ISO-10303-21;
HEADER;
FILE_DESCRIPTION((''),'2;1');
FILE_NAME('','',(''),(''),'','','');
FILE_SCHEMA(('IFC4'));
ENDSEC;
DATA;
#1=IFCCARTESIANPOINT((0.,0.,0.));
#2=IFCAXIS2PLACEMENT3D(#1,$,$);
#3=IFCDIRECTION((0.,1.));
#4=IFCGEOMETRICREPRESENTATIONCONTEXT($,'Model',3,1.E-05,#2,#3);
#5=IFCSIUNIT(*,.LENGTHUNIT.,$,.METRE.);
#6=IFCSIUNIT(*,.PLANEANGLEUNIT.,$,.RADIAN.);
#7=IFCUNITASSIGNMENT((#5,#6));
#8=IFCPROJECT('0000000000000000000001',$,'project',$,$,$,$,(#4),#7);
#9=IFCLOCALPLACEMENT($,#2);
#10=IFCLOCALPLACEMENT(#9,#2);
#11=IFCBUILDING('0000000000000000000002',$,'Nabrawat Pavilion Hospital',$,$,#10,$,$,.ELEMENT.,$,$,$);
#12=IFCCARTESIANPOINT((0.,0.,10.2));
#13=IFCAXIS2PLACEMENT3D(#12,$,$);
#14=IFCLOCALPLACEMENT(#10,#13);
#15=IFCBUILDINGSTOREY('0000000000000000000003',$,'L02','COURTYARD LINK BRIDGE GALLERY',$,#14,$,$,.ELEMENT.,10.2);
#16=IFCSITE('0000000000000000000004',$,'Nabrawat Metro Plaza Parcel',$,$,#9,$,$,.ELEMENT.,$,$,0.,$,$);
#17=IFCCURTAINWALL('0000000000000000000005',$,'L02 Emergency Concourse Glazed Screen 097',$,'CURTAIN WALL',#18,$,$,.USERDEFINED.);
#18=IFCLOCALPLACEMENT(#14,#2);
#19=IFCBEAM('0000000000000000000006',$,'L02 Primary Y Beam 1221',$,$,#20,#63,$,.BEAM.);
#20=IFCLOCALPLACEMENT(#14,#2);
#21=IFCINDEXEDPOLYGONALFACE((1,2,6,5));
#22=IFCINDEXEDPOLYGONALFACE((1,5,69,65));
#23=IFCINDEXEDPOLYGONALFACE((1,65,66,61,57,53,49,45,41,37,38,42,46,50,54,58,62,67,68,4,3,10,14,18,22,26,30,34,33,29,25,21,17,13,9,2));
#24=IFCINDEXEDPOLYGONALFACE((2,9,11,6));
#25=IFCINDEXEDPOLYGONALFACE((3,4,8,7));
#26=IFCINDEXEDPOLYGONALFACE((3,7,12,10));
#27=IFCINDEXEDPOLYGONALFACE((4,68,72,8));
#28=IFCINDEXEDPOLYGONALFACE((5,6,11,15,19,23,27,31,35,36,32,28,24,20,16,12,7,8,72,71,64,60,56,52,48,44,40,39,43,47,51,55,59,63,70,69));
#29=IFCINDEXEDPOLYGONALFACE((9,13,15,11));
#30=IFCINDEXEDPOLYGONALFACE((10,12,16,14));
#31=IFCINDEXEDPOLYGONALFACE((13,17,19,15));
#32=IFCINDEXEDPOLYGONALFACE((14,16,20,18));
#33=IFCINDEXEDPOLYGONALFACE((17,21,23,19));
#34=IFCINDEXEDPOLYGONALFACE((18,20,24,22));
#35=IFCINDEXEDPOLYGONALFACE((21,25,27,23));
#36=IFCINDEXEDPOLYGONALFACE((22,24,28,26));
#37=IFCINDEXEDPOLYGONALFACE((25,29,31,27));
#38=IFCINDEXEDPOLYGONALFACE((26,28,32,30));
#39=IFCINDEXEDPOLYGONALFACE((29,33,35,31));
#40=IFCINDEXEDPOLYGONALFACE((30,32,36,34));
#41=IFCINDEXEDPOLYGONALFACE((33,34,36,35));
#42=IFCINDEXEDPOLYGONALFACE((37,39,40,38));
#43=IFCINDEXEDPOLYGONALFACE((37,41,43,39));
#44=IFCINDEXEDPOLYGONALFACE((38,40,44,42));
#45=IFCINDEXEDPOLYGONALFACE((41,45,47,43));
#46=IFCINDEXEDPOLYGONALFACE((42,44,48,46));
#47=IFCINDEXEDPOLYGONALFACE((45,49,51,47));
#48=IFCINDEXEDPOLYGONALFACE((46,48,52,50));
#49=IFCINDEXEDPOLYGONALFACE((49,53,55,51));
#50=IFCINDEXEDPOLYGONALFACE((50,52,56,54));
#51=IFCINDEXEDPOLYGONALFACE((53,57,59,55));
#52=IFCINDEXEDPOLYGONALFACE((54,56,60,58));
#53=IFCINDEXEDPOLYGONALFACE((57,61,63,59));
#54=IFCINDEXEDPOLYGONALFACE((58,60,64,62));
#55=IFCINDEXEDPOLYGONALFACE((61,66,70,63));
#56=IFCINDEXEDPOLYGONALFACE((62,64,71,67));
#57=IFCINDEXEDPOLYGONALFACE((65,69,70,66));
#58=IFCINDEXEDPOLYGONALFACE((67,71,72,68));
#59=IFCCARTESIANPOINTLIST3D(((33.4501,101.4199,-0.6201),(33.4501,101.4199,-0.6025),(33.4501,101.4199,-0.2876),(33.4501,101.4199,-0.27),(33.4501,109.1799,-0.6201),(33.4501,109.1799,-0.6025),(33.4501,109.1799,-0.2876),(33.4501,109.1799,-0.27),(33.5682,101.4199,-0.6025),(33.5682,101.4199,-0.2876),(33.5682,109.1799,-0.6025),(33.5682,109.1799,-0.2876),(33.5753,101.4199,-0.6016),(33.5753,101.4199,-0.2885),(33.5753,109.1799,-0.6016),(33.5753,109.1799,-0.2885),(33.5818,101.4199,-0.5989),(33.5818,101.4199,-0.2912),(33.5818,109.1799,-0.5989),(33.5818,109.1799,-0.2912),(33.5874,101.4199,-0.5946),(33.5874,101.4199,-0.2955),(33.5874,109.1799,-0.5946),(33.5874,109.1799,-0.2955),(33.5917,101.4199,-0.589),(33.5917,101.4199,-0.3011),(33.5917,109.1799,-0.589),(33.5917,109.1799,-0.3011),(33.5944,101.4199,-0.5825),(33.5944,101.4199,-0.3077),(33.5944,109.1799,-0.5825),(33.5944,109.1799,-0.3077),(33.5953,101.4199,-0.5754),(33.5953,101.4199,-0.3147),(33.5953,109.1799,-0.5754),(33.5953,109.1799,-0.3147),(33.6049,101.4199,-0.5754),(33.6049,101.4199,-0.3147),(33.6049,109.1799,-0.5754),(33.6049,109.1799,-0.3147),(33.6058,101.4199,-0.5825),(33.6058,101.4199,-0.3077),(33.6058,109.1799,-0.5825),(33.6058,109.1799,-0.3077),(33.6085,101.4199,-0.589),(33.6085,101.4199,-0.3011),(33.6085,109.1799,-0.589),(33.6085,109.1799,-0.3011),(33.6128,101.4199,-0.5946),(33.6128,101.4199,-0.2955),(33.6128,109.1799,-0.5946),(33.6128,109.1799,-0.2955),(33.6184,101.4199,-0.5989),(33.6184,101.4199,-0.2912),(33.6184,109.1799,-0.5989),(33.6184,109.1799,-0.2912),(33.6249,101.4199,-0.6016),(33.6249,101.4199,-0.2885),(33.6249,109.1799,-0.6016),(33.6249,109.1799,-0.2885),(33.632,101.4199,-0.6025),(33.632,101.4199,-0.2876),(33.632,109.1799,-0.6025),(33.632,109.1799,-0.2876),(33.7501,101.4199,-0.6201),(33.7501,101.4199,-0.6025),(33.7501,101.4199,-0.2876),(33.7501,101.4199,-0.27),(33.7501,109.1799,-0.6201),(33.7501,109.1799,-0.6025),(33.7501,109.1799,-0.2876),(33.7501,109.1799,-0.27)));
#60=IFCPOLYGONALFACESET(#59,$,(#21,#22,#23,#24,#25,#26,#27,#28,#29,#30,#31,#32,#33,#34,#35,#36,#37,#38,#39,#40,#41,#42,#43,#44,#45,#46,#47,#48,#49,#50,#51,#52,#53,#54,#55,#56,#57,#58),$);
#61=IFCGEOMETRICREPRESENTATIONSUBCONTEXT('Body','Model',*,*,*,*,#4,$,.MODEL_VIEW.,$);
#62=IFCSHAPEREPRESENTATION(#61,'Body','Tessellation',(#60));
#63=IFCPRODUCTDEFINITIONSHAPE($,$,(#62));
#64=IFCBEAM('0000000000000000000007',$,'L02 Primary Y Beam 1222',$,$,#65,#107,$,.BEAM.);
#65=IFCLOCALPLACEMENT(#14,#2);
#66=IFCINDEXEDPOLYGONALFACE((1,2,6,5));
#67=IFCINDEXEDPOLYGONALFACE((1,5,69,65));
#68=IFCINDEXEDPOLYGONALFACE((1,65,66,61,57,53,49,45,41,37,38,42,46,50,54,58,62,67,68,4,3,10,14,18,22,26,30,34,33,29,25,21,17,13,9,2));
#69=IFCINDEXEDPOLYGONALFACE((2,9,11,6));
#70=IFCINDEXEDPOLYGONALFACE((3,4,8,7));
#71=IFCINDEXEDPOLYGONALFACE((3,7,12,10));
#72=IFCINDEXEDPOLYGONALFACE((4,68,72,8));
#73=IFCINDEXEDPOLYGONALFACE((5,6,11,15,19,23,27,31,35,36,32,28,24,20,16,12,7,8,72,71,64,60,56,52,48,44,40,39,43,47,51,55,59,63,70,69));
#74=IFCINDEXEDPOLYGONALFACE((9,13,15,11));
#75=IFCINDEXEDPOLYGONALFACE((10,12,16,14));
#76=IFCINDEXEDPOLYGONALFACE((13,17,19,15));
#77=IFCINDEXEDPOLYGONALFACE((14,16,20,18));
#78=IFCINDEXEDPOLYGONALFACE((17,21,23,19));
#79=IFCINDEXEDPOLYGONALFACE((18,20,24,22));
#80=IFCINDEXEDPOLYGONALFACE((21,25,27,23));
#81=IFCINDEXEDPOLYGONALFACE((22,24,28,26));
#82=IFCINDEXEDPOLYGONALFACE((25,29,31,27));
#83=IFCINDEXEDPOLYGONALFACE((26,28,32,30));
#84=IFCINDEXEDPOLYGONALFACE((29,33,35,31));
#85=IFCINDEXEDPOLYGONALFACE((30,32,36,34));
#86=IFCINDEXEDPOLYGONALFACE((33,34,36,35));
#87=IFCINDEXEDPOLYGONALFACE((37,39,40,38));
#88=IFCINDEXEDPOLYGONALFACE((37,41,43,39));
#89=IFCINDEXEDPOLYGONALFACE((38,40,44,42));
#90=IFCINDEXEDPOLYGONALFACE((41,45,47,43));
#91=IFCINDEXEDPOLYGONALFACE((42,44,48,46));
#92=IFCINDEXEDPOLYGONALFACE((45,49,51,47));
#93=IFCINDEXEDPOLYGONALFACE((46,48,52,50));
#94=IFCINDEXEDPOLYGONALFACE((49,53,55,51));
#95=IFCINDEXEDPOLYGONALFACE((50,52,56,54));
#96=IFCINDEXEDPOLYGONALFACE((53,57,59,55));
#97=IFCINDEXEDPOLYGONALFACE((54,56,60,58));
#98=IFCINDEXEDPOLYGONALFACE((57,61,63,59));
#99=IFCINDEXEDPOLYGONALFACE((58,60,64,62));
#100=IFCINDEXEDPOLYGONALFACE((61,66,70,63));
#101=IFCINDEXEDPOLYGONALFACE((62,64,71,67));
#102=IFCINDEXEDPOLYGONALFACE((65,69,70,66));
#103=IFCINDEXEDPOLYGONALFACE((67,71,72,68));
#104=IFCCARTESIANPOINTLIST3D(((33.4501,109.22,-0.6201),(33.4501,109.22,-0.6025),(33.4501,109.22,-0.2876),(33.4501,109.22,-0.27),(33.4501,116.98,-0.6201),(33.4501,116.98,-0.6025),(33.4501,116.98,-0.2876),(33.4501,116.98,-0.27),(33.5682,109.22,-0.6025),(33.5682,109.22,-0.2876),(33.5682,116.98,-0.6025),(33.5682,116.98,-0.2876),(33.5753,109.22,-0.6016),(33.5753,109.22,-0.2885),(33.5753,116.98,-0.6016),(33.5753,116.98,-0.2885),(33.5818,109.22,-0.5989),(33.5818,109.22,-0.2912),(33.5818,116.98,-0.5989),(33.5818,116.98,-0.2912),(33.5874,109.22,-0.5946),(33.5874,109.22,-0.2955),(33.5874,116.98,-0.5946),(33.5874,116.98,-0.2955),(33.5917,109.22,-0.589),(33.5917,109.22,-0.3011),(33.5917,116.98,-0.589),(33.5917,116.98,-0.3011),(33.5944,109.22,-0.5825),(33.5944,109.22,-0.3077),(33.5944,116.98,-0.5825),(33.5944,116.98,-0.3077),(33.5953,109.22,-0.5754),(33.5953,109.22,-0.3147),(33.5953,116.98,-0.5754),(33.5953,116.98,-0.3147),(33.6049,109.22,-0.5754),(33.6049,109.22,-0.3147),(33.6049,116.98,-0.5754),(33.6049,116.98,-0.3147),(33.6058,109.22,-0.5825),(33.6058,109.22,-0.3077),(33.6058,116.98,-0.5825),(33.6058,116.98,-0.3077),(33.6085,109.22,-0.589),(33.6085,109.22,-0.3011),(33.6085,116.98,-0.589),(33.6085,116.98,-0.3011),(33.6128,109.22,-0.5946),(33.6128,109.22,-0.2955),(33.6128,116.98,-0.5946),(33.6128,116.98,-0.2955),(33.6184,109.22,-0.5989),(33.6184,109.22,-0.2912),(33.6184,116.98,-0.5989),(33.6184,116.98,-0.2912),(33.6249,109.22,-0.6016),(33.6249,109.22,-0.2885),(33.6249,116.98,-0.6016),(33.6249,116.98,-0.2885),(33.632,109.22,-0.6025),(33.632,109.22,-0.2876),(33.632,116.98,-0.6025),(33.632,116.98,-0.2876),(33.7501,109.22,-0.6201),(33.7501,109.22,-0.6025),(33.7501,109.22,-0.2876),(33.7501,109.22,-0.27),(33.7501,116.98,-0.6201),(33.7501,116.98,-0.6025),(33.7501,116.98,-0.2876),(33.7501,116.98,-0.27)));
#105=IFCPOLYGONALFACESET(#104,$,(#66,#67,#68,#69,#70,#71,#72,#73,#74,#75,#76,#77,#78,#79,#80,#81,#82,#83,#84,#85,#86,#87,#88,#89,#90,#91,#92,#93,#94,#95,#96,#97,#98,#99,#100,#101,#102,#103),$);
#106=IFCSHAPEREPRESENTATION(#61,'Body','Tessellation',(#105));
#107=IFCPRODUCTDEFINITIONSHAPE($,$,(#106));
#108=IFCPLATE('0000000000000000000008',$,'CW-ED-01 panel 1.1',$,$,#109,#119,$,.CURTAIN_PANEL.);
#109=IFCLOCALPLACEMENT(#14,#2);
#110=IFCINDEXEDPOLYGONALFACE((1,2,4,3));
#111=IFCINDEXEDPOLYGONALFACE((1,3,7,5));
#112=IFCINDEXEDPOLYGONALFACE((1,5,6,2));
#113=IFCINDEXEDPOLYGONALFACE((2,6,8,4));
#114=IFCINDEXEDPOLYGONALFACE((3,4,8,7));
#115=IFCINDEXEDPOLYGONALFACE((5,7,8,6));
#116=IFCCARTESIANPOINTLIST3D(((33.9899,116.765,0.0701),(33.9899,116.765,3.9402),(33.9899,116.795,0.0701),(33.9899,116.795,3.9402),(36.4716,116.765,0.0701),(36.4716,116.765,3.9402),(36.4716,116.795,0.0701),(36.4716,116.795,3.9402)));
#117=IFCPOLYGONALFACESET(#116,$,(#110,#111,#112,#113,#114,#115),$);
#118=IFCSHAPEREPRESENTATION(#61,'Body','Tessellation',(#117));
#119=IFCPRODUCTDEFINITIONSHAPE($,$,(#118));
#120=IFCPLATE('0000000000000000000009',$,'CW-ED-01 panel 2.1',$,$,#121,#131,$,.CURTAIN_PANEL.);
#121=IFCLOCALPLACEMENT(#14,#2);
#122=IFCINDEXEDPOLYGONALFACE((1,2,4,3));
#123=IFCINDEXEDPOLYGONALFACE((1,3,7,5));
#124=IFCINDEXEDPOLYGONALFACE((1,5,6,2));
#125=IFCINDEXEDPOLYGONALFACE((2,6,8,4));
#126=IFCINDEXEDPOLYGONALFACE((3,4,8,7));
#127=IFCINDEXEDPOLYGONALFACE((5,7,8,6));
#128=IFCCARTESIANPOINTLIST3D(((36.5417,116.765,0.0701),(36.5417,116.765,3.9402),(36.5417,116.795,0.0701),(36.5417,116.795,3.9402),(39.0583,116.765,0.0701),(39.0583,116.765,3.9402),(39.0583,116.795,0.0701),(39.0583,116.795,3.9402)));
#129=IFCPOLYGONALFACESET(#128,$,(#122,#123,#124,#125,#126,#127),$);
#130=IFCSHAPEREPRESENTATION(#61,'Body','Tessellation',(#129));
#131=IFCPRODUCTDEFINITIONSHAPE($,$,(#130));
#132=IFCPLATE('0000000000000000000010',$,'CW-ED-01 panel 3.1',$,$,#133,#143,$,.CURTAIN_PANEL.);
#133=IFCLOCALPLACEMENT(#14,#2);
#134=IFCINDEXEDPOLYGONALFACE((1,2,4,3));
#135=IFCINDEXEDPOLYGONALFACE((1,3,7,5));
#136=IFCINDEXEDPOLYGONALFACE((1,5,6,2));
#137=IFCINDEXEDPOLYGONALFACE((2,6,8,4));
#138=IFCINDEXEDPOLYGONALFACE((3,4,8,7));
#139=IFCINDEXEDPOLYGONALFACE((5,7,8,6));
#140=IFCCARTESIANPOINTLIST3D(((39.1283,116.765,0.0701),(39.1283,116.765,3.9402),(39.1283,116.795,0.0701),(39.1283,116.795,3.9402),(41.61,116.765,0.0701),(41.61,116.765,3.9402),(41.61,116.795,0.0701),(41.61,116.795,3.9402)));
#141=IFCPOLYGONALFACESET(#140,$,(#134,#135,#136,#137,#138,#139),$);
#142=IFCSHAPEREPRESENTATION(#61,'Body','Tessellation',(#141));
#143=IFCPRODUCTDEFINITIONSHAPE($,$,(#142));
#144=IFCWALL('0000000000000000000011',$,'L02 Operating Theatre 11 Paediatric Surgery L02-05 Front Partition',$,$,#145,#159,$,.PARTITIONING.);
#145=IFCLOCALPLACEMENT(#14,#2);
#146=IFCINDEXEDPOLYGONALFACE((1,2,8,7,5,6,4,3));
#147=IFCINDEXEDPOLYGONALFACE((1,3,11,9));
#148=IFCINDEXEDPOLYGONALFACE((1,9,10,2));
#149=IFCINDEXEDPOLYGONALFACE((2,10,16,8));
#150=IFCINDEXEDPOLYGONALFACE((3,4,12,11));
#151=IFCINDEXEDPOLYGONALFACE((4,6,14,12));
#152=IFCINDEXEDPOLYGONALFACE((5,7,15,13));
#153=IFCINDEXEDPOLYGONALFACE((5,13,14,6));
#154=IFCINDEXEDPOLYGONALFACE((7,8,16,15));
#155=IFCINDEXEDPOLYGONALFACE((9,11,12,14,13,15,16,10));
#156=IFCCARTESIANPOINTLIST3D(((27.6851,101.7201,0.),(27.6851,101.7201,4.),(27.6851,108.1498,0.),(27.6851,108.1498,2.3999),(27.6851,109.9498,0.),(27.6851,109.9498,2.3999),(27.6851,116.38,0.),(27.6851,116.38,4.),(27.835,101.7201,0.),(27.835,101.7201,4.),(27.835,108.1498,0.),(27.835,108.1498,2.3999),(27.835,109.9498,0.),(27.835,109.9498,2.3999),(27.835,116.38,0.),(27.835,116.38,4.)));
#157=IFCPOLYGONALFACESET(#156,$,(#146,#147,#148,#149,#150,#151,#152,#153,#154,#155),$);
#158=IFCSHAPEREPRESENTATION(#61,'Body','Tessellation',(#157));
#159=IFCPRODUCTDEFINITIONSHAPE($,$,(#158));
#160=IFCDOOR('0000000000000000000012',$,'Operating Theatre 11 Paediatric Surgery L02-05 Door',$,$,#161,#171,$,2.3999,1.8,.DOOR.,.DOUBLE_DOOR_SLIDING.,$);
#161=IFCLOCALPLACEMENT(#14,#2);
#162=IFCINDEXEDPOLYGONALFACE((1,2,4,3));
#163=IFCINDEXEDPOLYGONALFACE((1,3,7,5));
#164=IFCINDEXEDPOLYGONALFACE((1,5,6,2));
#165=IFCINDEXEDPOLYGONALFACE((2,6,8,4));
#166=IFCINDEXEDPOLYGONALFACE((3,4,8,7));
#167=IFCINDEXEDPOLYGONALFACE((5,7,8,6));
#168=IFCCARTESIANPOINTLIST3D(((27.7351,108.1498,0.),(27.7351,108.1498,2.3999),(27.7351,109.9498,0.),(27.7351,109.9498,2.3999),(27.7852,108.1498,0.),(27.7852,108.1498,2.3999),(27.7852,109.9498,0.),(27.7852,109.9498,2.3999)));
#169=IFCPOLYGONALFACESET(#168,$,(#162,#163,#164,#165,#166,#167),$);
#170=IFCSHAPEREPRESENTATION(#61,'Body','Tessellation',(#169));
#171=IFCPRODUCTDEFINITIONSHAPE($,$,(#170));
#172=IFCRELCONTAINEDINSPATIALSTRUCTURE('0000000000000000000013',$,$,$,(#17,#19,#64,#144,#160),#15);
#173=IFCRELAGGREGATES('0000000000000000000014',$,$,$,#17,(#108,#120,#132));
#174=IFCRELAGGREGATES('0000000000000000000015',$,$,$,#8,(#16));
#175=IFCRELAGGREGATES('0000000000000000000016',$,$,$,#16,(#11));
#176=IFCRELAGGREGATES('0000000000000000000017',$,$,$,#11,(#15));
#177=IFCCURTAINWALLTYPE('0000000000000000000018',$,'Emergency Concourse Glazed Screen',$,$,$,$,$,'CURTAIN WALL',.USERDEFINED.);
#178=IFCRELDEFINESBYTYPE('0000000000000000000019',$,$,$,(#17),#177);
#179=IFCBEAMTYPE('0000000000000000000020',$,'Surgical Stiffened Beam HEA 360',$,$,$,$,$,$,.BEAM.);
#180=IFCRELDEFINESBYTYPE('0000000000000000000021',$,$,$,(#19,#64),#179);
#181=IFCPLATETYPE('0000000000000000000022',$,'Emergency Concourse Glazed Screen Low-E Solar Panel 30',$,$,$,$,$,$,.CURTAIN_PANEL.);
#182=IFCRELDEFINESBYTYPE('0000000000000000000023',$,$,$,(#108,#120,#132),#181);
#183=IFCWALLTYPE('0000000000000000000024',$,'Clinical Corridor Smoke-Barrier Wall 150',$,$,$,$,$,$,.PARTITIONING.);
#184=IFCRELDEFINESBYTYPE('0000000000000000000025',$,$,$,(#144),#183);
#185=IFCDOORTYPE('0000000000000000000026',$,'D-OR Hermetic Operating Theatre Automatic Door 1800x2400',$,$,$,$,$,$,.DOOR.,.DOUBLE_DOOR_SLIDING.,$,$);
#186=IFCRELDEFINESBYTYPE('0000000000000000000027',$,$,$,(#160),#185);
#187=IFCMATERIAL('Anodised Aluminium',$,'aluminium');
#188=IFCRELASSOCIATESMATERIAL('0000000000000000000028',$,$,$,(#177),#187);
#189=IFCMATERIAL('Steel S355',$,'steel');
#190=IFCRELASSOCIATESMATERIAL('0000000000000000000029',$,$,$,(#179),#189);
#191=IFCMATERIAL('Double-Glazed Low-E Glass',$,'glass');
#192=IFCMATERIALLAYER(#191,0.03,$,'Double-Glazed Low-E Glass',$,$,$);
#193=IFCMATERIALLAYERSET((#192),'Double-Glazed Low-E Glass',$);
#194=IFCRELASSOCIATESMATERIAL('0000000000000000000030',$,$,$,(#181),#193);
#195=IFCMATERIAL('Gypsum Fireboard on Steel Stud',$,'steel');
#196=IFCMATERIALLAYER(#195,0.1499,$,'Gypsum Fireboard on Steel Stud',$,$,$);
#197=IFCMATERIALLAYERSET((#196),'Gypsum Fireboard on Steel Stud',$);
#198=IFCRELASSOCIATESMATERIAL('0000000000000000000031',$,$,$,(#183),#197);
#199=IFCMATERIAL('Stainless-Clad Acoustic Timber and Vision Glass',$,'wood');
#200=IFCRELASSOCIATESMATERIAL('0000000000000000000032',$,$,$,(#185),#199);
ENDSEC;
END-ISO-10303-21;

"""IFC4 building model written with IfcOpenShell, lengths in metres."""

from ifc_helpers import new_model, si_unit, direction, frame, frame_2d, origin, origin_2d, place, context, subcontext, project, spatial, rectangle, i_section, extrude, material, layer, layer_set, material_profile, profile_set, type_object, element, fill, aggregate, save


model = new_model("IFC4")

# Units and contexts
model_context = context("Model", 3, precision=1e-05, world=origin(), true_north=direction((0.0, 1.0)))
body_context = subcontext(model_context, "Body", "Model", "MODEL_VIEW")
ifc_project = project(units=[si_unit("LENGTHUNIT", "METRE"), si_unit("PLANEANGLEUNIT", "RADIAN")], contexts=[model_context])

# Site, building, storey
site_placement = place(None, origin())
site = spatial("IfcSite", under=ifc_project, at=site_placement, Name="Nabrawat Metro Plaza Parcel", CompositionType="ELEMENT", RefElevation=0.0)
building_placement = place(site_placement, origin())
building = spatial("IfcBuilding", under=site, at=building_placement, Name="Nabrawat Pavilion Hospital", CompositionType="ELEMENT")
storey_placement = place(building_placement, frame((0.0, 0.0, 10.2)))
storey = spatial("IfcBuildingStorey", under=building, at=storey_placement, Name="L02", Description="COURTYARD LINK BRIDGE GALLERY", CompositionType="ELEMENT", Elevation=10.2)

# Shared definitions
ifc_material_1 = material(Name="Steel S355", Category="steel")

# Curtain wall
ifc_material_2 = material(Name="Anodised Aluminium", Category="aluminium")
curtain_wall_type = type_object("IfcCurtainWallType", Name="Emergency Concourse Glazed Screen", ElementType="CURTAIN WALL", PredefinedType="USERDEFINED", material=ifc_material_2)
curtain_wall_placement = place(storey_placement, origin())
curtain_wall = element("IfcCurtainWall", 1, at=curtain_wall_placement, inside=storey, type_object=curtain_wall_type, Name="L02 Emergency Concourse Glazed Screen 097", ObjectType="CURTAIN WALL", PredefinedType="USERDEFINED")

# Beams
ifc_material_profile_1 = material_profile(ifc_material_1, i_section(OverallWidth=0.3, OverallDepth=0.3501, WebThickness=0.0095, FlangeThickness=0.0176, FilletRadius=0.0271, at=origin_2d()), Name="HEA 360")
ifc_profile_set_1 = profile_set([ifc_material_profile_1], Name="Steel S355")
beam_type_1 = type_object("IfcBeamType", Name="Surgical Stiffened Beam HEA 360", PredefinedType="BEAM", material=ifc_profile_set_1)
for number, where, z_axis, x_axis, name in (
    (2, (33.6001, 101.4199, -0.4451), (0.0, 1.0, 0.0), (-1.0, 0.0, 0.0), "L02 Primary Y Beam 1221"),
    (3, (33.6001, 109.22, -0.4451), (0.0, 1.0, 0.0), (-1.0, 0.0, 0.0), "L02 Primary Y Beam 1222"),
):
    element("IfcBeam", number, at=place(storey_placement, frame(where, z_axis=z_axis, x_axis=x_axis)), inside=storey, type_object=beam_type_1, Name=name, PredefinedType="BEAM", context=body_context, shape_type="SweptSolid", body=[
        extrude(i_section(OverallWidth=0.3, OverallDepth=0.3501, WebThickness=0.0095, FlangeThickness=0.0176, FilletRadius=0.0271, at=origin_2d()), origin(), (0.0, 0.0, 1.0), 7.76),
    ])

# Plates
ifc_material_3 = material(Name="Double-Glazed Low-E Glass", Category="glass")
ifc_layer_1 = layer(ifc_material_3, 0.03, Name="Double-Glazed Low-E Glass")
ifc_layer_set_1 = layer_set([ifc_layer_1], Name="Double-Glazed Low-E Glass")
plate_type = type_object("IfcPlateType", Name="Emergency Concourse Glazed Screen Low-E Solar Panel 30", PredefinedType="CURTAIN_PANEL", material=ifc_layer_set_1)
plate_1_placement = place(storey_placement, frame((35.2307, 116.78, 0.0701), z_axis=(0.0, 0.0, 1.0), x_axis=(1.0, 0.0, 0.0)))
plate_1 = element("IfcPlate", 4, at=plate_1_placement, type_object=plate_type, Name="CW-ED-01 panel 1.1", PredefinedType="CURTAIN_PANEL", context=body_context, shape_type="SweptSolid", body=[
    extrude(rectangle(XDim=2.4817, YDim=0.03, at=origin_2d()), origin(), (0.0, 0.0, 1.0), 3.8701),
])
plate_2_placement = place(storey_placement, frame((37.8, 116.78, 0.0701), z_axis=(0.0, 0.0, 1.0), x_axis=(1.0, 0.0, 0.0)))
plate_2 = element("IfcPlate", 5, at=plate_2_placement, type_object=plate_type, Name="CW-ED-01 panel 2.1", PredefinedType="CURTAIN_PANEL", context=body_context, shape_type="SweptSolid", body=[
    extrude(rectangle(XDim=2.5166, YDim=0.03, at=origin_2d()), origin(), (0.0, 0.0, 1.0), 3.8701),
])
plate_3_placement = place(storey_placement, frame((40.3691, 116.78, 0.0701), z_axis=(0.0, 0.0, 1.0), x_axis=(1.0, 0.0, 0.0)))
plate_3 = element("IfcPlate", 6, at=plate_3_placement, type_object=plate_type, Name="CW-ED-01 panel 3.1", PredefinedType="CURTAIN_PANEL", context=body_context, shape_type="SweptSolid", body=[
    extrude(rectangle(XDim=2.4817, YDim=0.03, at=origin_2d()), origin(), (0.0, 0.0, 1.0), 3.8701),
])
aggregate(curtain_wall, [plate_1, plate_2, plate_3])

# Wall, opening, door
ifc_material_4 = material(Name="Gypsum Fireboard on Steel Stud", Category="steel")
ifc_layer_2 = layer(ifc_material_4, 0.1499, Name="Gypsum Fireboard on Steel Stud")
ifc_layer_set_2 = layer_set([ifc_layer_2], Name="Gypsum Fireboard on Steel Stud")
wall_type_1 = type_object("IfcWallType", Name="Clinical Corridor Smoke-Barrier Wall 150", PredefinedType="PARTITIONING", material=ifc_layer_set_2)
wall_1_placement = place(storey_placement, frame((27.76, 101.72, 0.0), z_axis=(0.0, 0.0, 1.0), x_axis=(0.0, 1.0, 0.0)))
wall_1 = element("IfcWall", 7, at=wall_1_placement, inside=storey, type_object=wall_type_1, Name="L02 Operating Theatre 11 Paediatric Surgery L02-05 Front Partition", PredefinedType="PARTITIONING", context=body_context, shape_type="SweptSolid", body=[
    extrude(rectangle(XDim=14.6599, YDim=0.1499, at=frame_2d((7.3301, 0.0))), origin(), (0.0, 0.0, 1.0), 4.0),
])
opening_1_placement = place(wall_1_placement, frame((6.4299, 0.0, 0.0)))
opening_1 = element("IfcOpeningElement", 8, at=opening_1_placement, cuts=wall_1, PredefinedType="OPENING", context=body_context, shape_type="SweptSolid", body=[
    extrude(rectangle(XDim=1.8, YDim=2.3999, at=frame_2d((0.8999, 1.2))), frame((0.0, 0.085, 0.0), z_axis=(0.0, -1.0, 0.0), x_axis=(1.0, 0.0, 0.0)), (0.0, 0.0, 1.0), 0.1699),
])
ifc_material_5 = material(Name="Stainless-Clad Acoustic Timber and Vision Glass", Category="wood")
door_type = type_object("IfcDoorType", Name="D-OR Hermetic Operating Theatre Automatic Door 1800x2400", OperationType="DOUBLE_DOOR_SLIDING", PredefinedType="DOOR", material=ifc_material_5)
door_1_placement = place(opening_1_placement, origin())
door_1 = element("IfcDoor", 9, at=door_1_placement, inside=storey, type_object=door_type, Name="Operating Theatre 11 Paediatric Surgery L02-05 Door", OperationType="DOUBLE_DOOR_SLIDING", OverallHeight=2.3999, OverallWidth=1.8, PredefinedType="DOOR", context=body_context, shape_type="SweptSolid", body=[
    extrude(rectangle(XDim=1.8, YDim=2.3999, at=frame_2d((0.8999, 1.2))), frame((0.0, 0.0249, 0.0), z_axis=(0.0, -1.0, 0.0), x_axis=(1.0, 0.0, 0.0)), (0.0, 0.0, 1.0), 0.05),
])
fill(opening_1, door_1)

save(model, "model.ifc")
